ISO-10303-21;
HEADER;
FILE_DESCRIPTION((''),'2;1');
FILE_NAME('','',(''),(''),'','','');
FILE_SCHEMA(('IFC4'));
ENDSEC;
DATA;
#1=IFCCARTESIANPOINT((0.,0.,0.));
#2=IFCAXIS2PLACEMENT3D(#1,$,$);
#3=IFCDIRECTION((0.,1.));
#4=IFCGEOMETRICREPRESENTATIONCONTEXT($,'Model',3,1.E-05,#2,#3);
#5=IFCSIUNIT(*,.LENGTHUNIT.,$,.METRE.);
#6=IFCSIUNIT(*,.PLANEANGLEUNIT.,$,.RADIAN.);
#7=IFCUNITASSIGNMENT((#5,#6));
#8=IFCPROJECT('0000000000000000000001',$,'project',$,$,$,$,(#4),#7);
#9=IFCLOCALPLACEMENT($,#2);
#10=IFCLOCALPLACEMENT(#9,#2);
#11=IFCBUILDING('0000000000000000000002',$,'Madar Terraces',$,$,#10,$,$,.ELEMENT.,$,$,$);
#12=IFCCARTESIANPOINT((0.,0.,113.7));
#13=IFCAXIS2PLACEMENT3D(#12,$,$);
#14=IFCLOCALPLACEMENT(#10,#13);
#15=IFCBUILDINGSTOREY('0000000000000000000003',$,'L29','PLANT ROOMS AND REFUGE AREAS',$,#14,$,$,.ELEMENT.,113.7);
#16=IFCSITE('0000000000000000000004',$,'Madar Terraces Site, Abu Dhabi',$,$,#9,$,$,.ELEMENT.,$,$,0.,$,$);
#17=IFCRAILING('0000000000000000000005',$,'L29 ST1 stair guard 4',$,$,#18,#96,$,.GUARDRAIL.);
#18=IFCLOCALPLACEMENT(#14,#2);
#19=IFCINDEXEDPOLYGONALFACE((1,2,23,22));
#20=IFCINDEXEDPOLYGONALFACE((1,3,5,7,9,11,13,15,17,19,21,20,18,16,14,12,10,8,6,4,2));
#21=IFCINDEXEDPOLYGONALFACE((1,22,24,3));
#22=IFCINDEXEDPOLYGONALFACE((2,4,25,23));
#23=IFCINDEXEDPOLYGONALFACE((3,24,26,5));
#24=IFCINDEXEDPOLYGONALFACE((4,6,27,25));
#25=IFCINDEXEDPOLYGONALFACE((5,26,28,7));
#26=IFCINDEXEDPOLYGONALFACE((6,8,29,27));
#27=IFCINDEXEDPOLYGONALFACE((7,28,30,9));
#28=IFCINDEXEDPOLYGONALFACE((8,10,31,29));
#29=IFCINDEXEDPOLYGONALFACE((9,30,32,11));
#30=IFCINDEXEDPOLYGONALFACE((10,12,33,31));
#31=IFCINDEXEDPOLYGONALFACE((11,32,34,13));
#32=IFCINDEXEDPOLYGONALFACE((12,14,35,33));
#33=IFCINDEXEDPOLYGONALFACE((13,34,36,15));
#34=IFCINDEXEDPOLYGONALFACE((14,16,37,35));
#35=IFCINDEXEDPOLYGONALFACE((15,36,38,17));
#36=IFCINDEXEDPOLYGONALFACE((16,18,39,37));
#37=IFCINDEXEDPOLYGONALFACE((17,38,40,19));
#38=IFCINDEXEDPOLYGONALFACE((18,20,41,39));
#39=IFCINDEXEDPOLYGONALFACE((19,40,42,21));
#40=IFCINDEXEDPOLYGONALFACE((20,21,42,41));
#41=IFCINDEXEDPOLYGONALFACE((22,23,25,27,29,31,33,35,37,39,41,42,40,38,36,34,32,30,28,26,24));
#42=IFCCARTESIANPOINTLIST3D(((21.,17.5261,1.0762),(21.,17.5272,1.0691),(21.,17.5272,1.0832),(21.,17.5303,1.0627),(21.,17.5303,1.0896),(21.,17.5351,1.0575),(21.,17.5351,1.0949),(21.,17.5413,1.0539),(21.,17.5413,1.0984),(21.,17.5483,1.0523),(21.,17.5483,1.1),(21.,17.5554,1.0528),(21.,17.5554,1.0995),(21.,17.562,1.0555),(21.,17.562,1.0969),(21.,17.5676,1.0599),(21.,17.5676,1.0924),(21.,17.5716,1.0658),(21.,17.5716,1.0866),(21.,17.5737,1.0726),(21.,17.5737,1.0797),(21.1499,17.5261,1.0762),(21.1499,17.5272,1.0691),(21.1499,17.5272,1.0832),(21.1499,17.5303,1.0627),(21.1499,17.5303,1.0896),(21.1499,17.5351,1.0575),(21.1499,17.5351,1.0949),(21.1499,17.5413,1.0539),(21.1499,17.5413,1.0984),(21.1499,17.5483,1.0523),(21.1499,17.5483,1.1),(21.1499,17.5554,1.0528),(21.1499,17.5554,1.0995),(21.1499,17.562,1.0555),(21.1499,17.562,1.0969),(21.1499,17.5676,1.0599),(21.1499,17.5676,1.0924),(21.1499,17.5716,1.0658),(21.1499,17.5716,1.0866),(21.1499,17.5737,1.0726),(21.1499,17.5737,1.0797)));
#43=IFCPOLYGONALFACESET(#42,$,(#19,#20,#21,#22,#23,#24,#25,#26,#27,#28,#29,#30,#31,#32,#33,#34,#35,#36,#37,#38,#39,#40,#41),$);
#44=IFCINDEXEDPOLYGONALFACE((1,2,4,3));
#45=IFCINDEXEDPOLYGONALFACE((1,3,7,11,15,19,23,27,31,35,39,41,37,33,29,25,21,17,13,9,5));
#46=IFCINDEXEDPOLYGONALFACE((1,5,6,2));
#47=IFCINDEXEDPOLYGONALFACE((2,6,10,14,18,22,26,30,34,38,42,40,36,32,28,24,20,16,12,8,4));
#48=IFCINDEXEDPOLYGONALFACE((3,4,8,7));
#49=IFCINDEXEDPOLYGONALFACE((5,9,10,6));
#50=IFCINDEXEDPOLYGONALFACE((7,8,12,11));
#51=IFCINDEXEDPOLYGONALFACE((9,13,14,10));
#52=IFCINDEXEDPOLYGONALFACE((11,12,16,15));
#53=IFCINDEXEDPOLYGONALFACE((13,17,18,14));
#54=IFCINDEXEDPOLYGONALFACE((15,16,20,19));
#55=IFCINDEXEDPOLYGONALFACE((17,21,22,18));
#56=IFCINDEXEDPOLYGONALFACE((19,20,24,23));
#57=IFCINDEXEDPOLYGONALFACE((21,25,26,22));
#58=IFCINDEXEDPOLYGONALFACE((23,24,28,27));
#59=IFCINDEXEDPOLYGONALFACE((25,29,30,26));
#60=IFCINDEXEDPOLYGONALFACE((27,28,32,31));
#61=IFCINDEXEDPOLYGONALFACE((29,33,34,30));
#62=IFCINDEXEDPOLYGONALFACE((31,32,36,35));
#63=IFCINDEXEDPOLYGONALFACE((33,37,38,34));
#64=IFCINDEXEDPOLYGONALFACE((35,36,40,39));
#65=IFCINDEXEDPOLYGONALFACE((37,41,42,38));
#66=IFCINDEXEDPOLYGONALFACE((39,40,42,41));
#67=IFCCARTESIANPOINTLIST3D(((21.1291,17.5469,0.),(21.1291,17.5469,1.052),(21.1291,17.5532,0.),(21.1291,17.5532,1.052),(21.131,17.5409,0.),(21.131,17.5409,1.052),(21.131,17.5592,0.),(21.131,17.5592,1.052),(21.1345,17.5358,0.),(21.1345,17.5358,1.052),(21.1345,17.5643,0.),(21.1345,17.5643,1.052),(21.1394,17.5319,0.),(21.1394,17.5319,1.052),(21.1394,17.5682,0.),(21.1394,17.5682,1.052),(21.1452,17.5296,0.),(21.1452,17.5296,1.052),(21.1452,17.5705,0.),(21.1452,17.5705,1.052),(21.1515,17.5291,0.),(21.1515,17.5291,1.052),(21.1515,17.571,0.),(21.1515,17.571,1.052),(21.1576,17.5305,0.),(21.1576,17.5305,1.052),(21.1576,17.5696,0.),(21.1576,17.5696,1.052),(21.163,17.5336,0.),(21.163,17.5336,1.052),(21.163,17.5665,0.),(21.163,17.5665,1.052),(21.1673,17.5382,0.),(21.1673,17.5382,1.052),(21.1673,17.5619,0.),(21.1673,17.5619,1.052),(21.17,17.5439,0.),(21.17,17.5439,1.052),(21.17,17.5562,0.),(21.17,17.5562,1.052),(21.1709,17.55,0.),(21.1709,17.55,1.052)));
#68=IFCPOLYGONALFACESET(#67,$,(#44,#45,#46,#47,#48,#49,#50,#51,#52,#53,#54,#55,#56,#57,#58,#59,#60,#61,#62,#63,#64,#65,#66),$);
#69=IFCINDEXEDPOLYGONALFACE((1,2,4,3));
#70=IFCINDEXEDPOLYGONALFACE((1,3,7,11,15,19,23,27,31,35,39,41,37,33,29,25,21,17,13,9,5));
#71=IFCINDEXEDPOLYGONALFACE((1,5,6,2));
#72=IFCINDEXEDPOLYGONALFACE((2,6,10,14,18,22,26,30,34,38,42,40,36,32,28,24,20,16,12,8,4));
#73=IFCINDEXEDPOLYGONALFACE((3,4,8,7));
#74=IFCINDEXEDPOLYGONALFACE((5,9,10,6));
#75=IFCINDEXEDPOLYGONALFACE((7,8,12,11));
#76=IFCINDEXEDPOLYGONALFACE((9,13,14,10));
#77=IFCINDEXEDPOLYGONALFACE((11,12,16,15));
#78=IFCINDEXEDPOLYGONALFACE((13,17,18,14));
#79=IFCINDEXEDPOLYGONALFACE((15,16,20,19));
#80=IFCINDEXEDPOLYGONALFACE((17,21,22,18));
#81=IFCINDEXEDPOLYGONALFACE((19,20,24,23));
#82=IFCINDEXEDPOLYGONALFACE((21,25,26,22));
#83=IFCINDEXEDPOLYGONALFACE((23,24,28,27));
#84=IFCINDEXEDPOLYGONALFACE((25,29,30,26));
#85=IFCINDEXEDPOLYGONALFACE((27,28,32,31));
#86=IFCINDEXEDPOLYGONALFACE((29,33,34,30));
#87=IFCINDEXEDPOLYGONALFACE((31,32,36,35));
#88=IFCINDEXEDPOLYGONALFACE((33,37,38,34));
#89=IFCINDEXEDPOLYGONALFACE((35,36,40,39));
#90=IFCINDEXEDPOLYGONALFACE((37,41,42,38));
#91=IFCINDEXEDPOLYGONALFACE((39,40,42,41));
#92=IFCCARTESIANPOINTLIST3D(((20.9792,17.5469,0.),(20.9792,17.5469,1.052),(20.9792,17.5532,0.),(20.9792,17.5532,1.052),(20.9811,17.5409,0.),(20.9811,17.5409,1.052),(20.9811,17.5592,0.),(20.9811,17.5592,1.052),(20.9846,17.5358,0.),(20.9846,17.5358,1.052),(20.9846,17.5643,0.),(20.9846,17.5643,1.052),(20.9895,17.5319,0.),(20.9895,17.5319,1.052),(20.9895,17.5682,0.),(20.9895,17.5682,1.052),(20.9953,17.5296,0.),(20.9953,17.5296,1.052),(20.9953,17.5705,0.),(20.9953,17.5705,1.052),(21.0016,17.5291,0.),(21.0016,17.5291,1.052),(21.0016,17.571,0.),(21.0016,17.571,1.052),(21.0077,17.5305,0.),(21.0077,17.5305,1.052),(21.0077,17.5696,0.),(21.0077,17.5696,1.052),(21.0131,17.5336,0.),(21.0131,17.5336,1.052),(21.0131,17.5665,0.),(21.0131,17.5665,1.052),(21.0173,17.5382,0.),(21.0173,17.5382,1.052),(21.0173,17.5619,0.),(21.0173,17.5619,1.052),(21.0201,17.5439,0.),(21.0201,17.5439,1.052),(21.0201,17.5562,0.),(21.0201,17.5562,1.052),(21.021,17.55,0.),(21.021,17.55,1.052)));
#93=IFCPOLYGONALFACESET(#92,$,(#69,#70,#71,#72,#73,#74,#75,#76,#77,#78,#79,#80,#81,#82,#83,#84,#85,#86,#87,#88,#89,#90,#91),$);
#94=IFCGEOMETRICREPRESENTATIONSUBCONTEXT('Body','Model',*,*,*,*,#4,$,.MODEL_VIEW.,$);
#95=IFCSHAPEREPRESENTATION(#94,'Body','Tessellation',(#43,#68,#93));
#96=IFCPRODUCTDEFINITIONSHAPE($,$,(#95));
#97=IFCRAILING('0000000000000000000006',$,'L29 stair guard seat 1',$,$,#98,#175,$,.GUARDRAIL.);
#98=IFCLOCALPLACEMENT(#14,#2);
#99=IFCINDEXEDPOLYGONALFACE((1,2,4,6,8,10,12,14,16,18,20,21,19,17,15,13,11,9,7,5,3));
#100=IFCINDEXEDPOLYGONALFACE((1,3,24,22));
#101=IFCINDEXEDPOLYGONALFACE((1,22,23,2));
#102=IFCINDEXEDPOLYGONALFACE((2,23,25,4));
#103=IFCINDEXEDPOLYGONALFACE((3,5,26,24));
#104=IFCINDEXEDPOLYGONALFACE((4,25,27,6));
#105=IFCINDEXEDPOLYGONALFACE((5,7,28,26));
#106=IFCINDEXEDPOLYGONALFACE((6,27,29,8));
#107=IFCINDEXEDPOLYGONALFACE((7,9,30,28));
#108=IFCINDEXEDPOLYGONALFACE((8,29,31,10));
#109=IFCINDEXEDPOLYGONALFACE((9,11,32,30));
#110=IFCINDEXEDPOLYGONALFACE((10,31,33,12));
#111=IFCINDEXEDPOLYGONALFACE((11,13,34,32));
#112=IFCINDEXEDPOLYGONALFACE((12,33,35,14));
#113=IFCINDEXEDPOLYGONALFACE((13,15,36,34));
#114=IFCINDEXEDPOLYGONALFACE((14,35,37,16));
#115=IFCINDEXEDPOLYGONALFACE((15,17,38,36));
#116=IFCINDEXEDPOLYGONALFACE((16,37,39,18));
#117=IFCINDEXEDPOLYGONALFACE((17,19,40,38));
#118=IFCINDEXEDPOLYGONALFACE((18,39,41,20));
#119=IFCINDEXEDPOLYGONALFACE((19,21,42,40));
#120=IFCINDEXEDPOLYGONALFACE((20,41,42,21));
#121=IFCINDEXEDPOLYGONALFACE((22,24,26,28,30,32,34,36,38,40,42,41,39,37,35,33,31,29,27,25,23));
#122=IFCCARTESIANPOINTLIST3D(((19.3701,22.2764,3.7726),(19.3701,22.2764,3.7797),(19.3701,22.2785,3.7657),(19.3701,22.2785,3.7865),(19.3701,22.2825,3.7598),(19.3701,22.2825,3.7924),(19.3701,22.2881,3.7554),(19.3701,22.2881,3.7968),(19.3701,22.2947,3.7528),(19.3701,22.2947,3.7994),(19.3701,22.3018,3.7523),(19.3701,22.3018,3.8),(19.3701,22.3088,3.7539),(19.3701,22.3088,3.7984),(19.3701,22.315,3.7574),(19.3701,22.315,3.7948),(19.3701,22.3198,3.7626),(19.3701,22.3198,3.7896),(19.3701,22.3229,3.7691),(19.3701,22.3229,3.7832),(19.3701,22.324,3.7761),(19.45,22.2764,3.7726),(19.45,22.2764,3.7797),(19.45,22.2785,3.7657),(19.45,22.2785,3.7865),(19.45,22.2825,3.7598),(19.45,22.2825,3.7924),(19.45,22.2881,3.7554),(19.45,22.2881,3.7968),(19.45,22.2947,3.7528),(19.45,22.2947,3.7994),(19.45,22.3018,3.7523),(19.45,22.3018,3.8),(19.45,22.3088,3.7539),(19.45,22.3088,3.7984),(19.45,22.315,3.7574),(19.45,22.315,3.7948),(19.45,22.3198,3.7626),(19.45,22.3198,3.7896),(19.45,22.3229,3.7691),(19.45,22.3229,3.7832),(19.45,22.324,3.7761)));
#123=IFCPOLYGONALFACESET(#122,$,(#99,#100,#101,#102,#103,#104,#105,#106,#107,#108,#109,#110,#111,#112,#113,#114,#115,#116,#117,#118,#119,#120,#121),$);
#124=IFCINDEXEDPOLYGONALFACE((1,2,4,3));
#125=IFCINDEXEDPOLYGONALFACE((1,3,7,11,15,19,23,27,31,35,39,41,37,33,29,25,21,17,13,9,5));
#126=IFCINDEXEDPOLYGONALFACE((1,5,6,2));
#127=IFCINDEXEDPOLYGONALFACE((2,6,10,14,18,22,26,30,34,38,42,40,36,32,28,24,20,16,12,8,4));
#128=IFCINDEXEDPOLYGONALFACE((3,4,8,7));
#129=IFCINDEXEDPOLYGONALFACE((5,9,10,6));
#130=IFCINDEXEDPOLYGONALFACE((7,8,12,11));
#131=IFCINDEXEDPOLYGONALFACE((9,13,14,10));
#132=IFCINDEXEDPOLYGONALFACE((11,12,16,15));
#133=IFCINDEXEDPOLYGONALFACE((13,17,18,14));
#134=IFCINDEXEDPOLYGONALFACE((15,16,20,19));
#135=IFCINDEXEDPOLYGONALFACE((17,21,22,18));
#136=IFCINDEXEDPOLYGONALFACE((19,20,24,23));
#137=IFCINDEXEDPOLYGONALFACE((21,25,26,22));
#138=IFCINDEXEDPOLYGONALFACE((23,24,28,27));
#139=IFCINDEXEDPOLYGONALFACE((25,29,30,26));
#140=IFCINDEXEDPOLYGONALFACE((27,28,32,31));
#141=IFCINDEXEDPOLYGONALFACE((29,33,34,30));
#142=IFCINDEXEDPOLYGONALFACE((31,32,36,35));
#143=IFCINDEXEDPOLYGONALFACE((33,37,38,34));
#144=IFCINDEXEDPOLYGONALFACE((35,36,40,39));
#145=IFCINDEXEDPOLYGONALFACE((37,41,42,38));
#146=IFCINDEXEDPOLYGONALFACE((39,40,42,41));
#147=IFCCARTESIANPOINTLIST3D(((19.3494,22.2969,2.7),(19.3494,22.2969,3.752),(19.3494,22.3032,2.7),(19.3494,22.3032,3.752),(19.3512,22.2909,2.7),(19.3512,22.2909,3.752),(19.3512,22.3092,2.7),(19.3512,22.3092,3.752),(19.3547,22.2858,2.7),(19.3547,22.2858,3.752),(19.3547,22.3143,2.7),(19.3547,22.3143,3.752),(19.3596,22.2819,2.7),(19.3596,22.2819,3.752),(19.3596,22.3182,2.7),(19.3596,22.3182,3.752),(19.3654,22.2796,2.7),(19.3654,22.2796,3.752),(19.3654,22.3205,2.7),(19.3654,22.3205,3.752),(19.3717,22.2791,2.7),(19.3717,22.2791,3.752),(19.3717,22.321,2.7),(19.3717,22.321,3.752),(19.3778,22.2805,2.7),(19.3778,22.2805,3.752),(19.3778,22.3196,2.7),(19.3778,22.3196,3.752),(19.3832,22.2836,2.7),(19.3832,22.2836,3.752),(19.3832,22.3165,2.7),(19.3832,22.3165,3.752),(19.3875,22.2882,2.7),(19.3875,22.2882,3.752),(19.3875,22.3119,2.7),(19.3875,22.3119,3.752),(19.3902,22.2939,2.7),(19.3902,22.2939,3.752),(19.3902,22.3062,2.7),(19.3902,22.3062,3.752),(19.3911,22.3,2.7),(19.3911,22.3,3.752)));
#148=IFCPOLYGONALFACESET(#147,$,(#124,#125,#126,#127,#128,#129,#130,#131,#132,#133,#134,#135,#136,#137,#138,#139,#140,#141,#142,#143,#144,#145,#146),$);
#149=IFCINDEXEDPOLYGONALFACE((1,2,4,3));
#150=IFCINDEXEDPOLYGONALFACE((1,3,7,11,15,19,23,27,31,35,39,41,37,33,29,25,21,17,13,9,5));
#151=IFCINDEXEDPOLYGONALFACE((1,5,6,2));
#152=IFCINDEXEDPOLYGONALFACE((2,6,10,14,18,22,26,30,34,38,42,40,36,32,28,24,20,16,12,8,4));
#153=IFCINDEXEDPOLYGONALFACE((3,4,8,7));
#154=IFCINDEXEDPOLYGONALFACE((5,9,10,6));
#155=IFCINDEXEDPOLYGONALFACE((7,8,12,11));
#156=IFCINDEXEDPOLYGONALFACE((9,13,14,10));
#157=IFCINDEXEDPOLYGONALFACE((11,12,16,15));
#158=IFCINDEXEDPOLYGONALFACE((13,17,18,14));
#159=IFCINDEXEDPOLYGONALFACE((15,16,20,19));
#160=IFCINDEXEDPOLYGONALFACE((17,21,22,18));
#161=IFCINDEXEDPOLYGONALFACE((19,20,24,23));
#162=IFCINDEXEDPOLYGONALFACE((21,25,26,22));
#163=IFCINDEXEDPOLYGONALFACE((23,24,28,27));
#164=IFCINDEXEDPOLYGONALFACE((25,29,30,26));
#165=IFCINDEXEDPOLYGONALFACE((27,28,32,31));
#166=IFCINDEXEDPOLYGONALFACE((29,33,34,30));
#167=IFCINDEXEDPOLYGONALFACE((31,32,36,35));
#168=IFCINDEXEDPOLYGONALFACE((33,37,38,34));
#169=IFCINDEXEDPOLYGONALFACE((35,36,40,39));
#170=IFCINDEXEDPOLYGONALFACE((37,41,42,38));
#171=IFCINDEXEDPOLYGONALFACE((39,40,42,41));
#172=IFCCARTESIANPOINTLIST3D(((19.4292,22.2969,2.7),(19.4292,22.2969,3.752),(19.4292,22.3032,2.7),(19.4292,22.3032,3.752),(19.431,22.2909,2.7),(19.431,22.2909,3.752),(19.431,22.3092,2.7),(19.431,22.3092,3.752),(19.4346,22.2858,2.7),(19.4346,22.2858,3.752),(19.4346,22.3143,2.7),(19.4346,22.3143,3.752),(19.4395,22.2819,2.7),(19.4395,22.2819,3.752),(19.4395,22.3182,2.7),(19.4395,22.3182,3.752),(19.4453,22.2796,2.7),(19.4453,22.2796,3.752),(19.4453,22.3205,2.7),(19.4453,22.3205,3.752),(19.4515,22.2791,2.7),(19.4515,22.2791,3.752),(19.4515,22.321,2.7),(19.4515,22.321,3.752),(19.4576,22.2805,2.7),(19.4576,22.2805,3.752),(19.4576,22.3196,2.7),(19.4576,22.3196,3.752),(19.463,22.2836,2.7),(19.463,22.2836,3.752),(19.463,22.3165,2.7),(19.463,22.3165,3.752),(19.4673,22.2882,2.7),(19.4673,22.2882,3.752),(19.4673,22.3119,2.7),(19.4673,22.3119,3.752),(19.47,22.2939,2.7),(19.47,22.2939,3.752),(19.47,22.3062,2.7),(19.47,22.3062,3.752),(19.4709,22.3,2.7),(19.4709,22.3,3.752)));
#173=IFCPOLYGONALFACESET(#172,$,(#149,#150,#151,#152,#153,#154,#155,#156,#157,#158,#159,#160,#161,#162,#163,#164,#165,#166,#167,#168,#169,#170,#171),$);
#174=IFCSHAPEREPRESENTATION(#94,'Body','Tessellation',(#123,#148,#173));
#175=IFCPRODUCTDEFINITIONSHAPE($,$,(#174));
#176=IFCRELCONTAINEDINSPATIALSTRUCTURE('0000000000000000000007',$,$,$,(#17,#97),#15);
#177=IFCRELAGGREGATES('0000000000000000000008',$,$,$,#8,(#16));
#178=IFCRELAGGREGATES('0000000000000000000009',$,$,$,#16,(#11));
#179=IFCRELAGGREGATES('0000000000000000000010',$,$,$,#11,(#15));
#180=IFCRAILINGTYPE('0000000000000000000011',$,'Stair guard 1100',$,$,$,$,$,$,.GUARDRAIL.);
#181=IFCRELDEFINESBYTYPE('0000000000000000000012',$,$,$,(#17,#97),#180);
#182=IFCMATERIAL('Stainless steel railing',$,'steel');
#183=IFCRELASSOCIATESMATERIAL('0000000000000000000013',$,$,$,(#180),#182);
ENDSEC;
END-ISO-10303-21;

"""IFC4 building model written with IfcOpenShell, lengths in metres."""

from ifc_helpers import new_model, si_unit, direction, frame, origin, origin_2d, place, context, subcontext, project, spatial, circle, extrude, material, type_object, element, save


model = new_model("IFC4")

# Units and contexts
model_context = context("Model", 3, precision=1e-05, world=origin(), true_north=direction((0.0, 1.0)))
body_context = subcontext(model_context, "Body", "Model", "MODEL_VIEW")
ifc_project = project(units=[si_unit("LENGTHUNIT", "METRE"), si_unit("PLANEANGLEUNIT", "RADIAN")], contexts=[model_context])

# Site, building, storey
site_placement = place(None, origin())
site = spatial("IfcSite", under=ifc_project, at=site_placement, Name="Madar Terraces Site, Abu Dhabi", CompositionType="ELEMENT", RefElevation=0.0)
building_placement = place(site_placement, origin())
building = spatial("IfcBuilding", under=site, at=building_placement, Name="Madar Terraces", CompositionType="ELEMENT")
storey_placement = place(building_placement, frame((0.0, 0.0, 113.7)))
storey = spatial("IfcBuildingStorey", under=building, at=storey_placement, Name="L29", Description="PLANT ROOMS AND REFUGE AREAS", CompositionType="ELEMENT", Elevation=113.7)

# Railings
ifc_material_1 = material(Name="Stainless steel railing", Category="steel")
railing_type_1 = type_object("IfcRailingType", Name="Stair guard 1100", PredefinedType="GUARDRAIL", material=ifc_material_1)
railing_1_placement = place(storey_placement, frame((21.1499, 17.55, 0.0)))
element("IfcRailing", 1, at=railing_1_placement, inside=storey, type_object=railing_type_1, Name="L29 ST1 stair guard 4", PredefinedType="GUARDRAIL", context=body_context, shape_type="SweptSolid", body=[
    extrude(circle(Radius=0.0239, at=origin_2d()), frame((0.0, 0.0, 1.0762), z_axis=(-1.0, 0.0, 0.0), x_axis=(0.0, -1.0, 0.0)), (0.0, 0.0, 1.0), 0.1499),
    extrude(circle(Radius=0.021, at=origin_2d()), origin(), (0.0, 0.0, 1.0), 1.052),
    extrude(circle(Radius=0.021, at=origin_2d()), frame((-0.1499, 0.0, 0.0)), (0.0, 0.0, 1.0), 1.052),
])
railing_2_placement = place(storey_placement, frame((19.3701, 22.3, 2.7)))
element("IfcRailing", 2, at=railing_2_placement, inside=storey, type_object=railing_type_1, Name="L29 stair guard seat 1", PredefinedType="GUARDRAIL", context=body_context, shape_type="SweptSolid", body=[
    extrude(circle(Radius=0.0239, at=origin_2d()), frame((0.0, 0.0, 1.0762), z_axis=(1.0, 0.0, 0.0), x_axis=(0.0, 1.0, 0.0)), (0.0, 0.0, 1.0), 0.0798),
    extrude(circle(Radius=0.021, at=origin_2d()), origin(), (0.0, 0.0, 1.0), 1.052),
    extrude(circle(Radius=0.021, at=origin_2d()), frame((0.0798, 0.0, 0.0)), (0.0, 0.0, 1.0), 1.052),
])

save(model, "model.ifc")
